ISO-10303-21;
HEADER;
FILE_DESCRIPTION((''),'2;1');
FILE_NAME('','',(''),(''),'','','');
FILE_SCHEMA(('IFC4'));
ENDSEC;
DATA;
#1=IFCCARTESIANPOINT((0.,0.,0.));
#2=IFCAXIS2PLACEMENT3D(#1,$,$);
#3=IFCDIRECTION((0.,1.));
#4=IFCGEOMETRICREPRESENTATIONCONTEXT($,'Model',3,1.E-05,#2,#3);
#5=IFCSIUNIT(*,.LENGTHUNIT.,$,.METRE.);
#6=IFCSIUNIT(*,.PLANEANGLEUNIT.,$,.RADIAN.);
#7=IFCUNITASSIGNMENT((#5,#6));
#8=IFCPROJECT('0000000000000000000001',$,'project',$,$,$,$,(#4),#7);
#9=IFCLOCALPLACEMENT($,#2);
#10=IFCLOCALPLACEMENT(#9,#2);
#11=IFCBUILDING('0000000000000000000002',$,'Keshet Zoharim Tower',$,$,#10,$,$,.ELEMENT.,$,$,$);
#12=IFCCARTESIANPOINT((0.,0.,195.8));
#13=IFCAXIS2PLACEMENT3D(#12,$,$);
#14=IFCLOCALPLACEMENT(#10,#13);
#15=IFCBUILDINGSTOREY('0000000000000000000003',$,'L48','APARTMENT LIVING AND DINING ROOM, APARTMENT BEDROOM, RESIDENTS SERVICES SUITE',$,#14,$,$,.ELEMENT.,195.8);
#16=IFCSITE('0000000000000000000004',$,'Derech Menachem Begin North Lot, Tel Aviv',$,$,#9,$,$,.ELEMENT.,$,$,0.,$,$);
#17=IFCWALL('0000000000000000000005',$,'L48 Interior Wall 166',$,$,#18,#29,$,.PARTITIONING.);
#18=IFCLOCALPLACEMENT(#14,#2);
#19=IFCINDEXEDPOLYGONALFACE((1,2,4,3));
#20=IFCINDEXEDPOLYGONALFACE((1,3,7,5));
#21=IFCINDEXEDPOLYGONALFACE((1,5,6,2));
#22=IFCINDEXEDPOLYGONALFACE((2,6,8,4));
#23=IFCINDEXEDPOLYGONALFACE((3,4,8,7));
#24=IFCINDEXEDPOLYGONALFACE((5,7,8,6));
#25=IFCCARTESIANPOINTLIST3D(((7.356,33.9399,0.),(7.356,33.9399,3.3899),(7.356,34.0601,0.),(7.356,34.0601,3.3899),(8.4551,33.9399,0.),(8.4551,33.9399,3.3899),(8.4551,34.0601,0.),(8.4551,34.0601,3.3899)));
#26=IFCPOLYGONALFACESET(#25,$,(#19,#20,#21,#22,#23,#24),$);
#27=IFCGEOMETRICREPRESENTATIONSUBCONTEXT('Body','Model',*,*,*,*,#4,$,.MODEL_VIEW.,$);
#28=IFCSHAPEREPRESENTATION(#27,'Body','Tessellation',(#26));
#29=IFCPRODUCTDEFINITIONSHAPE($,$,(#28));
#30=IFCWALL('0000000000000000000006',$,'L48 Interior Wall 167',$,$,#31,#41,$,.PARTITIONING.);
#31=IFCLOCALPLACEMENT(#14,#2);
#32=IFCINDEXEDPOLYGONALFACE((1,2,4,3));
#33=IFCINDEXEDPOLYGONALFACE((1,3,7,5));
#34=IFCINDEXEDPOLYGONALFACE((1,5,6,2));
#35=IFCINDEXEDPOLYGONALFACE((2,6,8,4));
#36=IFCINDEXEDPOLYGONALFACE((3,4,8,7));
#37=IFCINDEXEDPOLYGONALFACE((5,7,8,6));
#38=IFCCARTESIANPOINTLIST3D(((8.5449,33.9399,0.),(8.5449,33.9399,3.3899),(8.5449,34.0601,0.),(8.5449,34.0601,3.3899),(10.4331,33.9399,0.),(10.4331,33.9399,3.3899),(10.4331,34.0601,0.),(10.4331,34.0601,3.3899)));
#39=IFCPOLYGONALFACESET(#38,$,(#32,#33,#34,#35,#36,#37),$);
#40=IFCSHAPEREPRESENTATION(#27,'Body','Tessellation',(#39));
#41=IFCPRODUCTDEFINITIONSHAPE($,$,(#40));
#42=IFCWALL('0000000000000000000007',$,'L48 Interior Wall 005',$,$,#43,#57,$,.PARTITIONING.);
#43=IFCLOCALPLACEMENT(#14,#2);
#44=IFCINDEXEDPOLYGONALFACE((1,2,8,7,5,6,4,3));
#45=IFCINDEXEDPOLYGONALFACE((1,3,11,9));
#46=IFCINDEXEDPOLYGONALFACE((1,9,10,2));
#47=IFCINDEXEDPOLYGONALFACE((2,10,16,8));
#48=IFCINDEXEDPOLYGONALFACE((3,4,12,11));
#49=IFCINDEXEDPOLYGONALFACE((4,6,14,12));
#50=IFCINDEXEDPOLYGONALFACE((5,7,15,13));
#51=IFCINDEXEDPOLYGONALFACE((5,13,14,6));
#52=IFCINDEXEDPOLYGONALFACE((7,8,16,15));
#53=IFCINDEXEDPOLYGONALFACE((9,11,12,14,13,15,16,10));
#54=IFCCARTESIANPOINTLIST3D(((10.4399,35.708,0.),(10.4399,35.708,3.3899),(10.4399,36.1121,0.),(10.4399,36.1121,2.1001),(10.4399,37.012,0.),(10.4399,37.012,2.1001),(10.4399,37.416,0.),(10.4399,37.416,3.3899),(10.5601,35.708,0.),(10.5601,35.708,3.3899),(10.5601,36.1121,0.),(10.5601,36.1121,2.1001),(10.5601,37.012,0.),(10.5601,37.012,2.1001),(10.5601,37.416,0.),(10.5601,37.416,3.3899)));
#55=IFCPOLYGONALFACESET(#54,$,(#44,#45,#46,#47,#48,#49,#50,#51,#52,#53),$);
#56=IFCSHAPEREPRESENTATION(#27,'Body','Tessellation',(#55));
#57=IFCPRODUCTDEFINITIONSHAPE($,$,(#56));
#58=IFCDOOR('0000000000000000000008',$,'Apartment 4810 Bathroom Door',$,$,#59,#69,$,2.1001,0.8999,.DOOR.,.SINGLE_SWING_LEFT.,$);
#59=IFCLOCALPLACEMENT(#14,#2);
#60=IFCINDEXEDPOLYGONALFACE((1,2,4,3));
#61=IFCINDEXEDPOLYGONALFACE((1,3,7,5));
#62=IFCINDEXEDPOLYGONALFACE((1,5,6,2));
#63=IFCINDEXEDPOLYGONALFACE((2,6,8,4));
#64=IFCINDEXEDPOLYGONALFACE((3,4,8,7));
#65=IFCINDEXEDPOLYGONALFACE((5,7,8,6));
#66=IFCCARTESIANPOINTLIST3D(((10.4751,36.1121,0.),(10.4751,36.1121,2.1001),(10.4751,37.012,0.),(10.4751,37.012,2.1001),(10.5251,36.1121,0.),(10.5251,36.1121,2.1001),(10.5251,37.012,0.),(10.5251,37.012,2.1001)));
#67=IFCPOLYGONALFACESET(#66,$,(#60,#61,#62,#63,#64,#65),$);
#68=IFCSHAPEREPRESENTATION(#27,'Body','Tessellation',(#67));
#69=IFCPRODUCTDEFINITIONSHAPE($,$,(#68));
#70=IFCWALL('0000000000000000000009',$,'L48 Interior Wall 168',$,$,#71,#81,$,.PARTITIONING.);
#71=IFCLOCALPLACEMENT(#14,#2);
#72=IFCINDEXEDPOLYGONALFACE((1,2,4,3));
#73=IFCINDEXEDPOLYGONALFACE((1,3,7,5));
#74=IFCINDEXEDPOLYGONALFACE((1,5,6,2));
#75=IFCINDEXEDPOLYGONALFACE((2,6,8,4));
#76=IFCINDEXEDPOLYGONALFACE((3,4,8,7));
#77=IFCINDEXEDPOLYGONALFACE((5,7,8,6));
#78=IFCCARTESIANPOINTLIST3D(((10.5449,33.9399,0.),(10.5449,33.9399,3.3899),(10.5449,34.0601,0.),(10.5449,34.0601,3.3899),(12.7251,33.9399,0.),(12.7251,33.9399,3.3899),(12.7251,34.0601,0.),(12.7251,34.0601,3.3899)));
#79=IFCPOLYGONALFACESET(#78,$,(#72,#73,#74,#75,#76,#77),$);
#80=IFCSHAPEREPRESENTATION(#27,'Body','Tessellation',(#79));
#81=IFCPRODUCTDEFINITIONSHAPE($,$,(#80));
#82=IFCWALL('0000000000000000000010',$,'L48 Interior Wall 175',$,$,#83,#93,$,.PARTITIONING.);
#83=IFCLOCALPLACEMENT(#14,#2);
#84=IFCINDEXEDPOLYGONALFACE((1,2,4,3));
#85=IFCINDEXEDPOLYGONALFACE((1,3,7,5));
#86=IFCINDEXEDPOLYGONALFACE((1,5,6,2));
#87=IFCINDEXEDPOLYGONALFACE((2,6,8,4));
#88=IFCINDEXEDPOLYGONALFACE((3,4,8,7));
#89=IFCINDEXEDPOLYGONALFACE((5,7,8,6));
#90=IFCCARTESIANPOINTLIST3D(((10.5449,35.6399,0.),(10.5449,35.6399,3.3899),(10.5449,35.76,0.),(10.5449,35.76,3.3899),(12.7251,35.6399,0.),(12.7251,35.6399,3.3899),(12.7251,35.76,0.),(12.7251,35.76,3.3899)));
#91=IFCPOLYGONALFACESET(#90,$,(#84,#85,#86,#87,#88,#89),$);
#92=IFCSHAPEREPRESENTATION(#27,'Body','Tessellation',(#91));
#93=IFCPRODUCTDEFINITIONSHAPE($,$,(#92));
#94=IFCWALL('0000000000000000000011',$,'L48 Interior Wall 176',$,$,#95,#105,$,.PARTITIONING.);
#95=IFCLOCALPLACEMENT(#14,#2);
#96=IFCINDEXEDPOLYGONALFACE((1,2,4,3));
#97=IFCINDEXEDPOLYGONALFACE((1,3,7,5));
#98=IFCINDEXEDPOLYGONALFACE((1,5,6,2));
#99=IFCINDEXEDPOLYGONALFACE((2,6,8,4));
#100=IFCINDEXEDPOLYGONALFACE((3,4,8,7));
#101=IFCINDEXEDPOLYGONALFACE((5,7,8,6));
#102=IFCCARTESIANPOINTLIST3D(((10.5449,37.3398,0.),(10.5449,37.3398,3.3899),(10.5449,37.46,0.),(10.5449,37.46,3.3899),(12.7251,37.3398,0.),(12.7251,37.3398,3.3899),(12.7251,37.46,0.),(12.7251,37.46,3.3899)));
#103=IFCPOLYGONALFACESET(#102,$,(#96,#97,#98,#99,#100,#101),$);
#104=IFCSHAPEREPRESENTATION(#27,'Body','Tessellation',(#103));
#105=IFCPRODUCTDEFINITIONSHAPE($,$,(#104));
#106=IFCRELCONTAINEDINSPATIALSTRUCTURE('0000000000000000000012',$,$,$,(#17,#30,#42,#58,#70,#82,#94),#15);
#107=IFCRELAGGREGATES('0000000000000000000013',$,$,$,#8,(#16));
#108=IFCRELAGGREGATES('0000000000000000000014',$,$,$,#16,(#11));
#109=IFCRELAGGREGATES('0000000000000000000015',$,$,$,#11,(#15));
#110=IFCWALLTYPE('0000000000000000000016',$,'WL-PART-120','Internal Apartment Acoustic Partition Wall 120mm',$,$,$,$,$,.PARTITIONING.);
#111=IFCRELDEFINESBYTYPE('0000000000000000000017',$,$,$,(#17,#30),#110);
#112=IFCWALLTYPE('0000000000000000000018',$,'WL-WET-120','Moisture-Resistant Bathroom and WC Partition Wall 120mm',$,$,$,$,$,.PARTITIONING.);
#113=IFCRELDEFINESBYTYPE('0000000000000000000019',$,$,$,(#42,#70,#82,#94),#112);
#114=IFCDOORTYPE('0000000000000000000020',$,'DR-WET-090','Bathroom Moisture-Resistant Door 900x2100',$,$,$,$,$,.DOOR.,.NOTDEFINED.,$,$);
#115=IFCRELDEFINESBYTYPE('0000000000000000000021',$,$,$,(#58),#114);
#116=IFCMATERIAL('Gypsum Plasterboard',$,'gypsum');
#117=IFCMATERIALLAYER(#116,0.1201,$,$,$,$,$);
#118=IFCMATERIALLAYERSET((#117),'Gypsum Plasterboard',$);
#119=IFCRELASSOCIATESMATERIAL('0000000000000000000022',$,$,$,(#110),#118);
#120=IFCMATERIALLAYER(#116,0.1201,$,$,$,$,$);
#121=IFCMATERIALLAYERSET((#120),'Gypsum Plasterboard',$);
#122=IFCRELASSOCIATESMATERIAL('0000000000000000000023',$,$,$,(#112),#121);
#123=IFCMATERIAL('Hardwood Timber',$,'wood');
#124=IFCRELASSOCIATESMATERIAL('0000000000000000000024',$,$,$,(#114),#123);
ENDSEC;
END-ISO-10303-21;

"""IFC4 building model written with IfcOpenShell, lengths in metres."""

from ifc_helpers import new_model, si_unit, direction, frame, frame_2d, origin, place, context, subcontext, project, spatial, rectangle, extrude, material, layer, layer_set, type_object, element, fill, save


model = new_model("IFC4")

# Units and contexts
model_context = context("Model", 3, precision=1e-05, world=origin(), true_north=direction((0.0, 1.0)))
body_context = subcontext(model_context, "Body", "Model", "MODEL_VIEW")
ifc_project = project(units=[si_unit("LENGTHUNIT", "METRE"), si_unit("PLANEANGLEUNIT", "RADIAN")], contexts=[model_context])

# Site, building, storey
site_placement = place(None, origin())
site = spatial("IfcSite", under=ifc_project, at=site_placement, Name="Derech Menachem Begin North Lot, Tel Aviv", CompositionType="ELEMENT", RefElevation=0.0)
building_placement = place(site_placement, origin())
building = spatial("IfcBuilding", under=site, at=building_placement, Name="Keshet Zoharim Tower", CompositionType="ELEMENT")
storey_placement = place(building_placement, frame((0.0, 0.0, 195.8)))
storey = spatial("IfcBuildingStorey", under=building, at=storey_placement, Name="L48", Description="APARTMENT LIVING AND DINING ROOM, APARTMENT BEDROOM, RESIDENTS SERVICES SUITE", CompositionType="ELEMENT", Elevation=195.8)

# Shared definitions
ifc_material_1 = material(Name="Gypsum Plasterboard", Category="gypsum")

# Shared definitions
ifc_material_2 = material(Name="Hardwood Timber", Category="wood")
ifc_layer_1 = layer(ifc_material_1, 0.1201)
ifc_layer_set_1 = layer_set([ifc_layer_1], Name="Gypsum Plasterboard")
wall_type_1 = type_object("IfcWallType", Name="WL-PART-120", Description="Internal Apartment Acoustic Partition Wall 120mm", PredefinedType="PARTITIONING", material=ifc_layer_set_1)

# Walls
wall_1_placement = place(storey_placement, frame((7.356, 34.0, 0.0), z_axis=(0.0, 0.0, 1.0), x_axis=(1.0, 0.0, 0.0)))
element("IfcWall", 1, at=wall_1_placement, inside=storey, type_object=wall_type_1, Name="L48 Interior Wall 166", PredefinedType="PARTITIONING", context=body_context, shape_type="SweptSolid", body=[
    extrude(rectangle(XDim=1.0991, YDim=0.1201, at=frame_2d((0.5496, 0.0))), origin(), (0.0, 0.0, 1.0), 3.3899),
])
wall_2_placement = place(storey_placement, frame((8.5449, 34.0, 0.0), z_axis=(0.0, 0.0, 1.0), x_axis=(1.0, 0.0, 0.0)))
element("IfcWall", 2, at=wall_2_placement, inside=storey, type_object=wall_type_1, Name="L48 Interior Wall 167", PredefinedType="PARTITIONING", context=body_context, shape_type="SweptSolid", body=[
    extrude(rectangle(XDim=1.8882, YDim=0.1201, at=frame_2d((0.9441, 0.0))), origin(), (0.0, 0.0, 1.0), 3.3899),
])

# Wall, opening, door
ifc_layer_2 = layer(ifc_material_1, 0.1201)
ifc_layer_set_2 = layer_set([ifc_layer_2], Name="Gypsum Plasterboard")
wall_type_2 = type_object("IfcWallType", Name="WL-WET-120", Description="Moisture-Resistant Bathroom and WC Partition Wall 120mm", PredefinedType="PARTITIONING", material=ifc_layer_set_2)
wall_3_placement = place(storey_placement, frame((10.5, 35.708, 0.0), z_axis=(0.0, 0.0, 1.0), x_axis=(0.0, 1.0, 0.0)))
wall_3 = element("IfcWall", 3, at=wall_3_placement, inside=storey, type_object=wall_type_2, Name="L48 Interior Wall 005", PredefinedType="PARTITIONING", context=body_context, shape_type="SweptSolid", body=[
    extrude(rectangle(XDim=1.708, YDim=0.1201, at=frame_2d((0.854, 0.0))), origin(), (0.0, 0.0, 1.0), 3.3899),
])
opening_1_placement = place(wall_3_placement, frame((0.4041, 0.0, 0.0)))
opening_1 = element("IfcOpeningElement", 4, at=opening_1_placement, cuts=wall_3, PredefinedType="OPENING", context=body_context, shape_type="SweptSolid", body=[
    extrude(rectangle(XDim=0.8999, YDim=2.1001, at=frame_2d((0.45, 1.05))), frame((0.0, 0.0701, 0.0), z_axis=(0.0, -1.0, 0.0), x_axis=(1.0, 0.0, 0.0)), (0.0, 0.0, 1.0), 0.1401),
])
door_type_1 = type_object("IfcDoorType", Name="DR-WET-090", Description="Bathroom Moisture-Resistant Door 900x2100", OperationType="NOTDEFINED", PredefinedType="DOOR", material=ifc_material_2)
door_1_placement = place(opening_1_placement, origin())
door_1 = element("IfcDoor", 5, at=door_1_placement, inside=storey, type_object=door_type_1, Name="Apartment 4810 Bathroom Door", OperationType="SINGLE_SWING_LEFT", OverallHeight=2.1001, OverallWidth=0.8999, PredefinedType="DOOR", context=body_context, shape_type="SweptSolid", body=[
    extrude(rectangle(XDim=0.8999, YDim=2.1001, at=frame_2d((0.45, 1.05))), frame((0.0, 0.0249, 0.0), z_axis=(0.0, -1.0, 0.0), x_axis=(1.0, 0.0, 0.0)), (0.0, 0.0, 1.0), 0.05),
])
fill(opening_1, door_1)

# Walls
for number, where, z_axis, x_axis, name in (
    (6, (10.5449, 34.0, 0.0), (0.0, 0.0, 1.0), (1.0, 0.0, 0.0), "L48 Interior Wall 168"),
    (7, (10.5449, 35.7, 0.0), (0.0, 0.0, 1.0), (1.0, 0.0, 0.0), "L48 Interior Wall 175"),
    (8, (10.5449, 37.3999, 0.0), (0.0, 0.0, 1.0), (1.0, 0.0, 0.0), "L48 Interior Wall 176"),
):
    element("IfcWall", number, at=place(storey_placement, frame(where, z_axis=z_axis, x_axis=x_axis)), inside=storey, type_object=wall_type_2, Name=name, PredefinedType="PARTITIONING", context=body_context, shape_type="SweptSolid", body=[
        extrude(rectangle(XDim=2.1802, YDim=0.1201, at=frame_2d((1.0901, 0.0))), origin(), (0.0, 0.0, 1.0), 3.3899),
    ])

save(model, "model.ifc")
